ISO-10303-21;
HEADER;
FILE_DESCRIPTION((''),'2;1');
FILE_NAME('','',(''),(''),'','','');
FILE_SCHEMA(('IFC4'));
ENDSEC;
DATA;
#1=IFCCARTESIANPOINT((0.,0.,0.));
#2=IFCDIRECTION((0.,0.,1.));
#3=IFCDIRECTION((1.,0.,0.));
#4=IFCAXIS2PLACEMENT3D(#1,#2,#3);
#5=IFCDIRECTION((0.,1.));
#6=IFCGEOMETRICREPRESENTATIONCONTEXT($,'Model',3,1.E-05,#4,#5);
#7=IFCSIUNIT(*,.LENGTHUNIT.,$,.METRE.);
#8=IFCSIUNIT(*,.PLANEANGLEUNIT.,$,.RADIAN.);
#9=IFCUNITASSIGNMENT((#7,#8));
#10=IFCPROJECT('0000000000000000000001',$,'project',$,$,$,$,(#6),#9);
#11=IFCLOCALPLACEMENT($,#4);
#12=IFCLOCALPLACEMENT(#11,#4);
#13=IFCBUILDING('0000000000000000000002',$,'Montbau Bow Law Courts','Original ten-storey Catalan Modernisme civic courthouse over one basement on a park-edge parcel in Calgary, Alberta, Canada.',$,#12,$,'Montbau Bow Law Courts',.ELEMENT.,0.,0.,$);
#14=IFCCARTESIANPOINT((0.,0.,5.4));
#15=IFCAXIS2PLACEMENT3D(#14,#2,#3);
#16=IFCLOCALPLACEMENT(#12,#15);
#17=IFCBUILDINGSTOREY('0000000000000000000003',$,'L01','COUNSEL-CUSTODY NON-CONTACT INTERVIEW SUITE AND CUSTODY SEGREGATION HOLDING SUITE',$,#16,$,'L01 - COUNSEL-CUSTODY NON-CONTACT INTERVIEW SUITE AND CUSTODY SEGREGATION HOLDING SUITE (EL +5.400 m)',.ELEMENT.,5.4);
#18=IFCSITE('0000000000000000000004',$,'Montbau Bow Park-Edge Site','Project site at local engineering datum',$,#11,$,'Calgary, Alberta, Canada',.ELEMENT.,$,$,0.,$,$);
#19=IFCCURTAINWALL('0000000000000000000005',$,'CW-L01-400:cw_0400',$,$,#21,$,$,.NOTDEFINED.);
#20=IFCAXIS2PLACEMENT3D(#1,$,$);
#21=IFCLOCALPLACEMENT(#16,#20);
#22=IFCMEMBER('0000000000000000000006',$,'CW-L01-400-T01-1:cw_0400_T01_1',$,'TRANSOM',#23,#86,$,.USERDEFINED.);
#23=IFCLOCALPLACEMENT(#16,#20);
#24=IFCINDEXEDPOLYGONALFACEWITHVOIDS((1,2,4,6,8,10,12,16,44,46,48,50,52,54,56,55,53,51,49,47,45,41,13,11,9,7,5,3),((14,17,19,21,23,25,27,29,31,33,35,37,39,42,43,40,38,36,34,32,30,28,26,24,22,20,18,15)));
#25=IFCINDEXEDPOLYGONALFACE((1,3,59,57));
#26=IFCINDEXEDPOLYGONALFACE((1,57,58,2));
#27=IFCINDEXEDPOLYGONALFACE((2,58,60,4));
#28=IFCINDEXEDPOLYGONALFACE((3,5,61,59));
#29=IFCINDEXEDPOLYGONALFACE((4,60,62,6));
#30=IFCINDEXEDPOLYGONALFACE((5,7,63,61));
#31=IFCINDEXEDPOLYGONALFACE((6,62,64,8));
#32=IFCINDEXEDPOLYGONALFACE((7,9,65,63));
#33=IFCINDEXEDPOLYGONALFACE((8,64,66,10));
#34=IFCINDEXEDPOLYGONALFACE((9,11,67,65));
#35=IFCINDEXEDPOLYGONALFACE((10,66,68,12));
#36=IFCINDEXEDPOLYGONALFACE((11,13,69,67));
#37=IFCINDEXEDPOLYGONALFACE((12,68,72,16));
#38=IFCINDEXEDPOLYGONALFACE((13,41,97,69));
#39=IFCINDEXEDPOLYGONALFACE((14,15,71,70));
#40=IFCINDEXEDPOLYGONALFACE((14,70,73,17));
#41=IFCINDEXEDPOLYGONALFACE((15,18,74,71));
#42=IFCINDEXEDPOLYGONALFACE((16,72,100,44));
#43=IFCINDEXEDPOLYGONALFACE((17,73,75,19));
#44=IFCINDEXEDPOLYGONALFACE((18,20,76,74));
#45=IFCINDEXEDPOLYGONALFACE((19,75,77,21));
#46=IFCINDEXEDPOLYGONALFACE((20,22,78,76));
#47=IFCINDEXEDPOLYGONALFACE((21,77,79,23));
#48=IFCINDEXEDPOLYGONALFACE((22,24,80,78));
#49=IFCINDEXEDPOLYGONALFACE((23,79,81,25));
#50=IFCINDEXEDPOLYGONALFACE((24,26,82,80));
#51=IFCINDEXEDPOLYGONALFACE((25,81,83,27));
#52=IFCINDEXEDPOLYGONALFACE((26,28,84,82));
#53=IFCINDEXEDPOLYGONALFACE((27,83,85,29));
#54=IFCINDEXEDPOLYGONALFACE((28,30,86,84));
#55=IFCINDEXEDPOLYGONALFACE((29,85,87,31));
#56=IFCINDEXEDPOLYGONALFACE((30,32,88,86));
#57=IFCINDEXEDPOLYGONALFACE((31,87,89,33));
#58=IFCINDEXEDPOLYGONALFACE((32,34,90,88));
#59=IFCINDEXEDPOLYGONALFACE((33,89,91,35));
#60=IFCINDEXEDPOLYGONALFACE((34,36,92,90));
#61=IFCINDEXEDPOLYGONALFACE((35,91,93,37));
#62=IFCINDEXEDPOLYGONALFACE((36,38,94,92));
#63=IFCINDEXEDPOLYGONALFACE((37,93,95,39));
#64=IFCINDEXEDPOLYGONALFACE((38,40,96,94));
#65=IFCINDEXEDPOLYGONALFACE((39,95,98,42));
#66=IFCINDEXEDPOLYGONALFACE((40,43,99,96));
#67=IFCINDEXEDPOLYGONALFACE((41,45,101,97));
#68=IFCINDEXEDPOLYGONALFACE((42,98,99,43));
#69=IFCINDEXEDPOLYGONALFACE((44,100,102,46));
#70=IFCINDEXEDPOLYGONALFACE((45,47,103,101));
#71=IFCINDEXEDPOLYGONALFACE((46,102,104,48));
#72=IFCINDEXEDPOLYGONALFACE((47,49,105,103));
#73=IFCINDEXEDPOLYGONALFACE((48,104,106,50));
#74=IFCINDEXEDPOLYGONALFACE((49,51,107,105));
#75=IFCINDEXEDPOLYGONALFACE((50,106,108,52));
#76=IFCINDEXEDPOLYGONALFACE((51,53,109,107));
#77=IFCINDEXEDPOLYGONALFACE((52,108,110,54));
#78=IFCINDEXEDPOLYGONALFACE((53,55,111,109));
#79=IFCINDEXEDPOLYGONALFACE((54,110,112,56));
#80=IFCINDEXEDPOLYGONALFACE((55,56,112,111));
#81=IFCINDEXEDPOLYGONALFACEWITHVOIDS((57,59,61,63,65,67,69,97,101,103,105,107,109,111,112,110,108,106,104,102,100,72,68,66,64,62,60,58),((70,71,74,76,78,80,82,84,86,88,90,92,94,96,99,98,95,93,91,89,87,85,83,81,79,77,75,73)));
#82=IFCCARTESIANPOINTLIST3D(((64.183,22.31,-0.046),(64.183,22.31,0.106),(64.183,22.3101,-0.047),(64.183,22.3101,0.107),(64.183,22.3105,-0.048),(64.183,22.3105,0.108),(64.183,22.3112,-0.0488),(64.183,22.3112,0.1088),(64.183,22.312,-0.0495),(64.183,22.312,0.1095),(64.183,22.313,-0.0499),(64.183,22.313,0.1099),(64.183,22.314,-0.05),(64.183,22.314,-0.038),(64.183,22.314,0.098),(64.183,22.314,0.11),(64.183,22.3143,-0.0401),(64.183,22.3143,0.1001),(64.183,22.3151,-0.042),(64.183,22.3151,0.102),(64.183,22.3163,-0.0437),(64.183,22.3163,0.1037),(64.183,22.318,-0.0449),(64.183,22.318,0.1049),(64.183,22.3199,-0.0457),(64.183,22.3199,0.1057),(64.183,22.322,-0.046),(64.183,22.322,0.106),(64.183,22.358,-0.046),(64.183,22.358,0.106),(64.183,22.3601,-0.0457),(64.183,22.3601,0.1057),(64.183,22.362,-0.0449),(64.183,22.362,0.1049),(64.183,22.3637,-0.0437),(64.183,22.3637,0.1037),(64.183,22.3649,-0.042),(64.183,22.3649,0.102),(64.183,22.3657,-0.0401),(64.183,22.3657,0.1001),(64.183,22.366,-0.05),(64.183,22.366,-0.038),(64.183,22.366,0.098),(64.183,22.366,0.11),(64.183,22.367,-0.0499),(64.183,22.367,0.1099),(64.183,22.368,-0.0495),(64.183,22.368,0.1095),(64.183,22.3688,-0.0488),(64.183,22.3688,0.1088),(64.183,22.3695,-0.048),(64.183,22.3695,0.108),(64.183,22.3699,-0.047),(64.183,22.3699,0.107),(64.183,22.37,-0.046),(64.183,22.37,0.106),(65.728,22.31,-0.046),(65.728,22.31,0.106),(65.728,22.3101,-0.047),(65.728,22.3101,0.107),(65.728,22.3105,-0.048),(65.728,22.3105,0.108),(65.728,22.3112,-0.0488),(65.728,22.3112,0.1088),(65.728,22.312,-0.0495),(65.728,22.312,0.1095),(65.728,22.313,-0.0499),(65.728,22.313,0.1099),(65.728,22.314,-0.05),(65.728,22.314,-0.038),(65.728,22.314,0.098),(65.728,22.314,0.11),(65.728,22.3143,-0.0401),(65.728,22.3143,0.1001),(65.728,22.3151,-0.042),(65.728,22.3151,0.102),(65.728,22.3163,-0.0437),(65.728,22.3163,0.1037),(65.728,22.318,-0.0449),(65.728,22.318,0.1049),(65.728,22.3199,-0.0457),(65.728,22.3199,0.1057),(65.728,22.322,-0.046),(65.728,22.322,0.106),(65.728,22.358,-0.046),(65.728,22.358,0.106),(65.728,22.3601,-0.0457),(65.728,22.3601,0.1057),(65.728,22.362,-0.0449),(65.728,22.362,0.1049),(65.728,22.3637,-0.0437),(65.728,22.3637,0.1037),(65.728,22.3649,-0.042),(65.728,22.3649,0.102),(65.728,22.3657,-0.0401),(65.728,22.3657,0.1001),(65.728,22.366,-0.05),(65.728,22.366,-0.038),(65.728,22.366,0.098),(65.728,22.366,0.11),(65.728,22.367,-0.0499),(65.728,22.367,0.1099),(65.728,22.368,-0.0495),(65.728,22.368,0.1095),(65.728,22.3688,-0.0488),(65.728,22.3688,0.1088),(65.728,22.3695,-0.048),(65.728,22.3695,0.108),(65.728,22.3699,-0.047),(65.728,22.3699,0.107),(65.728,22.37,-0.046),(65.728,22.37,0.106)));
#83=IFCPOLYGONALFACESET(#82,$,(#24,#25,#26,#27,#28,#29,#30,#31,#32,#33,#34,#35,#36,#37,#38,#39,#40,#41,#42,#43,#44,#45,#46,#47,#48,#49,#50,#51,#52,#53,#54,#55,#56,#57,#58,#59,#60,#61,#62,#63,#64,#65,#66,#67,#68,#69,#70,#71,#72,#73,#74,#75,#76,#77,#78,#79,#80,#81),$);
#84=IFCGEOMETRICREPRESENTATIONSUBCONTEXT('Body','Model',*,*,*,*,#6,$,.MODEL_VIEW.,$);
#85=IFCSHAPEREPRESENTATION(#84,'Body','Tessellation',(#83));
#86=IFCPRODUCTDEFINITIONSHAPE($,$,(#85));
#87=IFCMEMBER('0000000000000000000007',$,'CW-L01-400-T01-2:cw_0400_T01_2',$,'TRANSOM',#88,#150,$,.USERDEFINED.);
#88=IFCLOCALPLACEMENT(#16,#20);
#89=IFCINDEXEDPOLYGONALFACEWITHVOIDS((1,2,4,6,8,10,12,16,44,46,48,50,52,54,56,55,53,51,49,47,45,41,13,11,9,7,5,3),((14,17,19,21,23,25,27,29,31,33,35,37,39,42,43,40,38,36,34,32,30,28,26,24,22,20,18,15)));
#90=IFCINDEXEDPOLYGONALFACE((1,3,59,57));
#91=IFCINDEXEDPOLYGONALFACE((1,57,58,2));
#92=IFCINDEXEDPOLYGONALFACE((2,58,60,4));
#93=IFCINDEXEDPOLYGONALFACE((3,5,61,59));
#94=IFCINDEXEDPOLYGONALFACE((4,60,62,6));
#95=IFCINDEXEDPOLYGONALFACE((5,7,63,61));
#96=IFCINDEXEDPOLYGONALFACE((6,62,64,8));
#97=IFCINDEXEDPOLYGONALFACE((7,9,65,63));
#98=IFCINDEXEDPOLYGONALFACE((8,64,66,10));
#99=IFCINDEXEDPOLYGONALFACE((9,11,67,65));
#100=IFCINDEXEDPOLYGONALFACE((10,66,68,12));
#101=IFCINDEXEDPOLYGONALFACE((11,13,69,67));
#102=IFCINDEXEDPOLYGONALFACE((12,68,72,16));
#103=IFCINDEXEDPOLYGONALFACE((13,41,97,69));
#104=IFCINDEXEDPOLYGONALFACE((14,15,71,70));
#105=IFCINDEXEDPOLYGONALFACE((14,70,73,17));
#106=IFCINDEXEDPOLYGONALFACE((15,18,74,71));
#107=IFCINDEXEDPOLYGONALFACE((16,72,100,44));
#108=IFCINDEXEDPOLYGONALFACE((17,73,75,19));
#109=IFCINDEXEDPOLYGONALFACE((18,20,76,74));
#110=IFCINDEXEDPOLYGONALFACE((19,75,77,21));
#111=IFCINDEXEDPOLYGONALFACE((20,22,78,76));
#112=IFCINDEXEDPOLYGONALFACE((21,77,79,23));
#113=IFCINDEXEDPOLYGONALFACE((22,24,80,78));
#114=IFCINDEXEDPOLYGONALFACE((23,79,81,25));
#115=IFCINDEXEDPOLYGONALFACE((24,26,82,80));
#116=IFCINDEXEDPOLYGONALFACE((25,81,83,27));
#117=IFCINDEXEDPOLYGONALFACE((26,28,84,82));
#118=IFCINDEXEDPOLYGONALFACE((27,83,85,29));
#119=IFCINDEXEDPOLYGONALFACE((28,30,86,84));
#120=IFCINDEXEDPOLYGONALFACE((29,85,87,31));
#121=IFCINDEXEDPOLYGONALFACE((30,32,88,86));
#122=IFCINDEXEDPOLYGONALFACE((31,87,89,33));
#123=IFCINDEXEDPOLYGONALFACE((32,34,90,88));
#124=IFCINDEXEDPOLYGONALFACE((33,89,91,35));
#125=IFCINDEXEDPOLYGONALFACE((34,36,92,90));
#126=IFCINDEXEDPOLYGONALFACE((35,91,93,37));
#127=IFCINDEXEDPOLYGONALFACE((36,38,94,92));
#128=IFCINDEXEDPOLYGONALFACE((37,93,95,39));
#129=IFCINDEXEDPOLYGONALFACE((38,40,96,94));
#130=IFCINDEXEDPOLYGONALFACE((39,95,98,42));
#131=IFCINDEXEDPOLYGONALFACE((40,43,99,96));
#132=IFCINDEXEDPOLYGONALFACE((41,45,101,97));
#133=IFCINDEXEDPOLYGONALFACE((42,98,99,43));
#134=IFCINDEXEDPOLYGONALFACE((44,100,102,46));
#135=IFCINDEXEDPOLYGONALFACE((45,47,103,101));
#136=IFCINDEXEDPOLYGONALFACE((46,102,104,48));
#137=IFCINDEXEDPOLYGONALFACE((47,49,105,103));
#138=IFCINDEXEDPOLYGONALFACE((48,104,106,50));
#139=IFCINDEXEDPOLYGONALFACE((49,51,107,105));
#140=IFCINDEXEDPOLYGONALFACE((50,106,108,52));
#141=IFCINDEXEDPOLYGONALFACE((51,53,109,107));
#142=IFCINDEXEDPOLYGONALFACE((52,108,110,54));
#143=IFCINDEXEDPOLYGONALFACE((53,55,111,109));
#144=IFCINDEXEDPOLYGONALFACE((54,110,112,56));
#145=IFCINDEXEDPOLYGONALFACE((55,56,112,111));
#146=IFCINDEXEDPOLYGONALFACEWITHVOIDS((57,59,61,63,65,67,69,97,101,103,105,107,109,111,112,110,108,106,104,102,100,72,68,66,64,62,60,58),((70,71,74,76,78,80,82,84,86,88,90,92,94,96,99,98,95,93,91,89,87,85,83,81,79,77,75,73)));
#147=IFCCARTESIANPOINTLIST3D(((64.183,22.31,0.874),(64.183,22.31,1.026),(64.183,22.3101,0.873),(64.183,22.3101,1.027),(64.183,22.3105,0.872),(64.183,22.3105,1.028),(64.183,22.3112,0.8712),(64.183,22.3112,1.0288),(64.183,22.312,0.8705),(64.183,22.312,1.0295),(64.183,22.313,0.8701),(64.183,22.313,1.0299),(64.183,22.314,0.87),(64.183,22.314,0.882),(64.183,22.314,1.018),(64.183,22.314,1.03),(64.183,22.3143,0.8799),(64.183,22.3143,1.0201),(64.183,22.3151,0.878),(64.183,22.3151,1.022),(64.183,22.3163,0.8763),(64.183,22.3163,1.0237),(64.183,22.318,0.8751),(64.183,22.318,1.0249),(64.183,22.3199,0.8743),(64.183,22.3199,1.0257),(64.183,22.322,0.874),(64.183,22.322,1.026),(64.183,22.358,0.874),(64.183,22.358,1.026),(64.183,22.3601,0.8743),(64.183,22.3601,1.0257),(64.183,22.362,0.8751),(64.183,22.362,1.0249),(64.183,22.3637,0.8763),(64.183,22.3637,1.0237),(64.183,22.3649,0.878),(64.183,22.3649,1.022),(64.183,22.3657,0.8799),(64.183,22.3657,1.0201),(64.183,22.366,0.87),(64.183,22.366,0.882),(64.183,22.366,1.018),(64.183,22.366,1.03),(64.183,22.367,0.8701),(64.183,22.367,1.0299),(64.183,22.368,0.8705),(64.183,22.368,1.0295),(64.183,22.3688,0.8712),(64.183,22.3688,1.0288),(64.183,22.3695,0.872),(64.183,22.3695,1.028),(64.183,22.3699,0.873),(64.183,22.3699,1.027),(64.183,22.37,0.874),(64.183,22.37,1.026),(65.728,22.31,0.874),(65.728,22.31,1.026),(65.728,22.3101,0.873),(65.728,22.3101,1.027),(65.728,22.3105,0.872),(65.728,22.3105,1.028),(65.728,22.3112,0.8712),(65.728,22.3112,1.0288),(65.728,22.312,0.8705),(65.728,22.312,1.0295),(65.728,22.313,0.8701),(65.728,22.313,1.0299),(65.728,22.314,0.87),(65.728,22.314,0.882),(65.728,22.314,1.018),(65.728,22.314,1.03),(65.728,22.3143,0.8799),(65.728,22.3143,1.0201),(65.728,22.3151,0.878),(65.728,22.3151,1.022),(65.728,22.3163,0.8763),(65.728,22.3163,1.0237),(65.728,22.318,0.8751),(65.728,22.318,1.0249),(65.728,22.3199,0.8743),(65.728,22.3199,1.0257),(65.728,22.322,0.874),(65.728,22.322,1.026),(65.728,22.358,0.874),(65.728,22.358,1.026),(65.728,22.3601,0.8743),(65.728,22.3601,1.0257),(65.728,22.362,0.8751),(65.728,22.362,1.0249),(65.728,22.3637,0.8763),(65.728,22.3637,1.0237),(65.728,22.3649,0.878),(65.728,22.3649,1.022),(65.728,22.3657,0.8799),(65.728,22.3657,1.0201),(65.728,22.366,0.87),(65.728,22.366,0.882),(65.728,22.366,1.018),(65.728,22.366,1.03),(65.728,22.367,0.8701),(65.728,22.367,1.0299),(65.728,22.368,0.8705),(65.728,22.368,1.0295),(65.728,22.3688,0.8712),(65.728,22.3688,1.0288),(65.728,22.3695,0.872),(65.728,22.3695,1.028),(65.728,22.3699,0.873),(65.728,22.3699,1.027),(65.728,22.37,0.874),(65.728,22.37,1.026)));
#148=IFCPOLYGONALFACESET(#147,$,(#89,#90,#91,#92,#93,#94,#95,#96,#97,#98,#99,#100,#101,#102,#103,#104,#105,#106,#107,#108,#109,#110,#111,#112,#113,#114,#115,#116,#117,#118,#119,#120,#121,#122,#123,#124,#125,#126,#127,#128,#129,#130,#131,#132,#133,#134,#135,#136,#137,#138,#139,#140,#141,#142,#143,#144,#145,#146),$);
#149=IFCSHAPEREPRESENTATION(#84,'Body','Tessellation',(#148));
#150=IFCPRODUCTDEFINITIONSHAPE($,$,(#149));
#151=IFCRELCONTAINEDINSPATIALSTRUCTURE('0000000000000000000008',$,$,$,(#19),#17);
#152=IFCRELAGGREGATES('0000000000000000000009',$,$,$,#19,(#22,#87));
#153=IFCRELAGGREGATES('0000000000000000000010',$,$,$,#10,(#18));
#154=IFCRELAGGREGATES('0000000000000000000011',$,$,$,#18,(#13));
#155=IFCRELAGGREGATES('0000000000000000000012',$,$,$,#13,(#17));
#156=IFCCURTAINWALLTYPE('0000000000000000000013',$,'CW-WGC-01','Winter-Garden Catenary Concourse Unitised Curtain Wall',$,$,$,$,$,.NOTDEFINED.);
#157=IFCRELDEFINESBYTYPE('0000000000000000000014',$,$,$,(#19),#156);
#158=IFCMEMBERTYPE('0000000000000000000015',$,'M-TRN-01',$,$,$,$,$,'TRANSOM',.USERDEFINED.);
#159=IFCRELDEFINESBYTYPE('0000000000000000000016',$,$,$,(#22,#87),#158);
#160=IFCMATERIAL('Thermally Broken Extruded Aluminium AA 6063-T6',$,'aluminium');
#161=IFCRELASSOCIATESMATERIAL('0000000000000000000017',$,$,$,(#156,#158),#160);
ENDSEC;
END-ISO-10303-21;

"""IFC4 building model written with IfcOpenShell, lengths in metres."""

from ifc_helpers import new_model, si_unit, direction, frame, origin_with_axes, origin_2d_with_axis, place, context, subcontext, project, spatial, hollow_rectangle, extrude, material, material_profile, profile_set, type_object, element, aggregate, save


model = new_model("IFC4")

# Units and contexts
model_context = context("Model", 3, precision=1e-05, world=origin_with_axes(), true_north=direction((0.0, 1.0)))
body_context = subcontext(model_context, "Body", "Model", "MODEL_VIEW")
ifc_project = project(units=[si_unit("LENGTHUNIT", "METRE"), si_unit("PLANEANGLEUNIT", "RADIAN")], contexts=[model_context])

# Site, building, storey
site_placement = place(None, origin_with_axes())
site = spatial("IfcSite", under=ifc_project, at=site_placement, Name="Montbau Bow Park-Edge Site", Description="Project site at local engineering datum", LongName="Calgary, Alberta, Canada", CompositionType="ELEMENT", RefElevation=0.0)
building_placement = place(site_placement, origin_with_axes())
building = spatial("IfcBuilding", under=site, at=building_placement, Name="Montbau Bow Law Courts", Description="Original ten-storey Catalan Modernisme civic courthouse over one basement on a park-edge parcel in Calgary, Alberta, Canada.", LongName="Montbau Bow Law Courts", CompositionType="ELEMENT", ElevationOfRefHeight=0.0, ElevationOfTerrain=0.0)
storey_placement = place(building_placement, frame((0.0, 0.0, 5.4), z_axis=(0.0, 0.0, 1.0), x_axis=(1.0, 0.0, 0.0)))
storey = spatial("IfcBuildingStorey", under=building, at=storey_placement, Name="L01", Description="COUNSEL-CUSTODY NON-CONTACT INTERVIEW SUITE AND CUSTODY SEGREGATION HOLDING SUITE", LongName="L01 - COUNSEL-CUSTODY NON-CONTACT INTERVIEW SUITE AND CUSTODY SEGREGATION HOLDING SUITE (EL +5.400 m)", CompositionType="ELEMENT", Elevation=5.4)

# Curtain wall
ifc_material_1 = material(Name="Thermally Broken Extruded Aluminium AA 6063-T6", Category="aluminium")
curtain_wall_type_1 = type_object("IfcCurtainWallType", Name="CW-WGC-01", Description="Winter-Garden Catenary Concourse Unitised Curtain Wall", PredefinedType="NOTDEFINED", material=ifc_material_1)
curtain_wall_1_placement = place(None, frame((64.115, 22.34, 5.4), z_axis=(0.0, 0.0, 1.0), x_axis=(1.0, 0.0, 0.0)))
curtain_wall_1 = element("IfcCurtainWall", 1, at=curtain_wall_1_placement, inside=storey, type_object=curtain_wall_type_1, Name="CW-L01-400:cw_0400", PredefinedType="NOTDEFINED")

# Members
ifc_material_profile_1 = material_profile(ifc_material_1, hollow_rectangle(XDim=0.06, YDim=0.16, WallThickness=0.004, InnerFilletRadius=0.008, OuterFilletRadius=0.004, at=origin_2d_with_axis()), Name="CWT-160X60", Category="Main", Priority=0)
ifc_profile_set_1 = profile_set([ifc_material_profile_1], Name="Thermally Broken Extruded Aluminium AA 6063-T6")
member_type_1 = type_object("IfcMemberType", Name="M-TRN-01", ElementType="TRANSOM", PredefinedType="USERDEFINED", material=ifc_profile_set_1)
member_1_placement = place(None, frame((64.183, 22.34, 5.43), z_axis=(1.0, 0.0, 0.0), x_axis=(0.0, 1.0, 0.0)))
member_1 = element("IfcMember", 2, at=member_1_placement, type_object=member_type_1, Name="CW-L01-400-T01-1:cw_0400_T01_1", ObjectType="TRANSOM", PredefinedType="USERDEFINED", context=body_context, shape_type="SweptSolid", body=[
    extrude(hollow_rectangle(XDim=0.06, YDim=0.16, WallThickness=0.004, InnerFilletRadius=0.008, OuterFilletRadius=0.004, at=origin_2d_with_axis()), origin_with_axes(), (0.0, 0.0, 1.0), 1.545),
])
member_2_placement = place(None, frame((64.183, 22.34, 6.35), z_axis=(1.0, 0.0, 0.0), x_axis=(0.0, 1.0, 0.0)))
member_2 = element("IfcMember", 3, at=member_2_placement, type_object=member_type_1, Name="CW-L01-400-T01-2:cw_0400_T01_2", ObjectType="TRANSOM", PredefinedType="USERDEFINED", context=body_context, shape_type="SweptSolid", body=[
    extrude(hollow_rectangle(XDim=0.06, YDim=0.16, WallThickness=0.004, InnerFilletRadius=0.008, OuterFilletRadius=0.004, at=origin_2d_with_axis()), origin_with_axes(), (0.0, 0.0, 1.0), 1.545),
])

aggregate(curtain_wall_1, [member_1, member_2])

save(model, "model.ifc")
